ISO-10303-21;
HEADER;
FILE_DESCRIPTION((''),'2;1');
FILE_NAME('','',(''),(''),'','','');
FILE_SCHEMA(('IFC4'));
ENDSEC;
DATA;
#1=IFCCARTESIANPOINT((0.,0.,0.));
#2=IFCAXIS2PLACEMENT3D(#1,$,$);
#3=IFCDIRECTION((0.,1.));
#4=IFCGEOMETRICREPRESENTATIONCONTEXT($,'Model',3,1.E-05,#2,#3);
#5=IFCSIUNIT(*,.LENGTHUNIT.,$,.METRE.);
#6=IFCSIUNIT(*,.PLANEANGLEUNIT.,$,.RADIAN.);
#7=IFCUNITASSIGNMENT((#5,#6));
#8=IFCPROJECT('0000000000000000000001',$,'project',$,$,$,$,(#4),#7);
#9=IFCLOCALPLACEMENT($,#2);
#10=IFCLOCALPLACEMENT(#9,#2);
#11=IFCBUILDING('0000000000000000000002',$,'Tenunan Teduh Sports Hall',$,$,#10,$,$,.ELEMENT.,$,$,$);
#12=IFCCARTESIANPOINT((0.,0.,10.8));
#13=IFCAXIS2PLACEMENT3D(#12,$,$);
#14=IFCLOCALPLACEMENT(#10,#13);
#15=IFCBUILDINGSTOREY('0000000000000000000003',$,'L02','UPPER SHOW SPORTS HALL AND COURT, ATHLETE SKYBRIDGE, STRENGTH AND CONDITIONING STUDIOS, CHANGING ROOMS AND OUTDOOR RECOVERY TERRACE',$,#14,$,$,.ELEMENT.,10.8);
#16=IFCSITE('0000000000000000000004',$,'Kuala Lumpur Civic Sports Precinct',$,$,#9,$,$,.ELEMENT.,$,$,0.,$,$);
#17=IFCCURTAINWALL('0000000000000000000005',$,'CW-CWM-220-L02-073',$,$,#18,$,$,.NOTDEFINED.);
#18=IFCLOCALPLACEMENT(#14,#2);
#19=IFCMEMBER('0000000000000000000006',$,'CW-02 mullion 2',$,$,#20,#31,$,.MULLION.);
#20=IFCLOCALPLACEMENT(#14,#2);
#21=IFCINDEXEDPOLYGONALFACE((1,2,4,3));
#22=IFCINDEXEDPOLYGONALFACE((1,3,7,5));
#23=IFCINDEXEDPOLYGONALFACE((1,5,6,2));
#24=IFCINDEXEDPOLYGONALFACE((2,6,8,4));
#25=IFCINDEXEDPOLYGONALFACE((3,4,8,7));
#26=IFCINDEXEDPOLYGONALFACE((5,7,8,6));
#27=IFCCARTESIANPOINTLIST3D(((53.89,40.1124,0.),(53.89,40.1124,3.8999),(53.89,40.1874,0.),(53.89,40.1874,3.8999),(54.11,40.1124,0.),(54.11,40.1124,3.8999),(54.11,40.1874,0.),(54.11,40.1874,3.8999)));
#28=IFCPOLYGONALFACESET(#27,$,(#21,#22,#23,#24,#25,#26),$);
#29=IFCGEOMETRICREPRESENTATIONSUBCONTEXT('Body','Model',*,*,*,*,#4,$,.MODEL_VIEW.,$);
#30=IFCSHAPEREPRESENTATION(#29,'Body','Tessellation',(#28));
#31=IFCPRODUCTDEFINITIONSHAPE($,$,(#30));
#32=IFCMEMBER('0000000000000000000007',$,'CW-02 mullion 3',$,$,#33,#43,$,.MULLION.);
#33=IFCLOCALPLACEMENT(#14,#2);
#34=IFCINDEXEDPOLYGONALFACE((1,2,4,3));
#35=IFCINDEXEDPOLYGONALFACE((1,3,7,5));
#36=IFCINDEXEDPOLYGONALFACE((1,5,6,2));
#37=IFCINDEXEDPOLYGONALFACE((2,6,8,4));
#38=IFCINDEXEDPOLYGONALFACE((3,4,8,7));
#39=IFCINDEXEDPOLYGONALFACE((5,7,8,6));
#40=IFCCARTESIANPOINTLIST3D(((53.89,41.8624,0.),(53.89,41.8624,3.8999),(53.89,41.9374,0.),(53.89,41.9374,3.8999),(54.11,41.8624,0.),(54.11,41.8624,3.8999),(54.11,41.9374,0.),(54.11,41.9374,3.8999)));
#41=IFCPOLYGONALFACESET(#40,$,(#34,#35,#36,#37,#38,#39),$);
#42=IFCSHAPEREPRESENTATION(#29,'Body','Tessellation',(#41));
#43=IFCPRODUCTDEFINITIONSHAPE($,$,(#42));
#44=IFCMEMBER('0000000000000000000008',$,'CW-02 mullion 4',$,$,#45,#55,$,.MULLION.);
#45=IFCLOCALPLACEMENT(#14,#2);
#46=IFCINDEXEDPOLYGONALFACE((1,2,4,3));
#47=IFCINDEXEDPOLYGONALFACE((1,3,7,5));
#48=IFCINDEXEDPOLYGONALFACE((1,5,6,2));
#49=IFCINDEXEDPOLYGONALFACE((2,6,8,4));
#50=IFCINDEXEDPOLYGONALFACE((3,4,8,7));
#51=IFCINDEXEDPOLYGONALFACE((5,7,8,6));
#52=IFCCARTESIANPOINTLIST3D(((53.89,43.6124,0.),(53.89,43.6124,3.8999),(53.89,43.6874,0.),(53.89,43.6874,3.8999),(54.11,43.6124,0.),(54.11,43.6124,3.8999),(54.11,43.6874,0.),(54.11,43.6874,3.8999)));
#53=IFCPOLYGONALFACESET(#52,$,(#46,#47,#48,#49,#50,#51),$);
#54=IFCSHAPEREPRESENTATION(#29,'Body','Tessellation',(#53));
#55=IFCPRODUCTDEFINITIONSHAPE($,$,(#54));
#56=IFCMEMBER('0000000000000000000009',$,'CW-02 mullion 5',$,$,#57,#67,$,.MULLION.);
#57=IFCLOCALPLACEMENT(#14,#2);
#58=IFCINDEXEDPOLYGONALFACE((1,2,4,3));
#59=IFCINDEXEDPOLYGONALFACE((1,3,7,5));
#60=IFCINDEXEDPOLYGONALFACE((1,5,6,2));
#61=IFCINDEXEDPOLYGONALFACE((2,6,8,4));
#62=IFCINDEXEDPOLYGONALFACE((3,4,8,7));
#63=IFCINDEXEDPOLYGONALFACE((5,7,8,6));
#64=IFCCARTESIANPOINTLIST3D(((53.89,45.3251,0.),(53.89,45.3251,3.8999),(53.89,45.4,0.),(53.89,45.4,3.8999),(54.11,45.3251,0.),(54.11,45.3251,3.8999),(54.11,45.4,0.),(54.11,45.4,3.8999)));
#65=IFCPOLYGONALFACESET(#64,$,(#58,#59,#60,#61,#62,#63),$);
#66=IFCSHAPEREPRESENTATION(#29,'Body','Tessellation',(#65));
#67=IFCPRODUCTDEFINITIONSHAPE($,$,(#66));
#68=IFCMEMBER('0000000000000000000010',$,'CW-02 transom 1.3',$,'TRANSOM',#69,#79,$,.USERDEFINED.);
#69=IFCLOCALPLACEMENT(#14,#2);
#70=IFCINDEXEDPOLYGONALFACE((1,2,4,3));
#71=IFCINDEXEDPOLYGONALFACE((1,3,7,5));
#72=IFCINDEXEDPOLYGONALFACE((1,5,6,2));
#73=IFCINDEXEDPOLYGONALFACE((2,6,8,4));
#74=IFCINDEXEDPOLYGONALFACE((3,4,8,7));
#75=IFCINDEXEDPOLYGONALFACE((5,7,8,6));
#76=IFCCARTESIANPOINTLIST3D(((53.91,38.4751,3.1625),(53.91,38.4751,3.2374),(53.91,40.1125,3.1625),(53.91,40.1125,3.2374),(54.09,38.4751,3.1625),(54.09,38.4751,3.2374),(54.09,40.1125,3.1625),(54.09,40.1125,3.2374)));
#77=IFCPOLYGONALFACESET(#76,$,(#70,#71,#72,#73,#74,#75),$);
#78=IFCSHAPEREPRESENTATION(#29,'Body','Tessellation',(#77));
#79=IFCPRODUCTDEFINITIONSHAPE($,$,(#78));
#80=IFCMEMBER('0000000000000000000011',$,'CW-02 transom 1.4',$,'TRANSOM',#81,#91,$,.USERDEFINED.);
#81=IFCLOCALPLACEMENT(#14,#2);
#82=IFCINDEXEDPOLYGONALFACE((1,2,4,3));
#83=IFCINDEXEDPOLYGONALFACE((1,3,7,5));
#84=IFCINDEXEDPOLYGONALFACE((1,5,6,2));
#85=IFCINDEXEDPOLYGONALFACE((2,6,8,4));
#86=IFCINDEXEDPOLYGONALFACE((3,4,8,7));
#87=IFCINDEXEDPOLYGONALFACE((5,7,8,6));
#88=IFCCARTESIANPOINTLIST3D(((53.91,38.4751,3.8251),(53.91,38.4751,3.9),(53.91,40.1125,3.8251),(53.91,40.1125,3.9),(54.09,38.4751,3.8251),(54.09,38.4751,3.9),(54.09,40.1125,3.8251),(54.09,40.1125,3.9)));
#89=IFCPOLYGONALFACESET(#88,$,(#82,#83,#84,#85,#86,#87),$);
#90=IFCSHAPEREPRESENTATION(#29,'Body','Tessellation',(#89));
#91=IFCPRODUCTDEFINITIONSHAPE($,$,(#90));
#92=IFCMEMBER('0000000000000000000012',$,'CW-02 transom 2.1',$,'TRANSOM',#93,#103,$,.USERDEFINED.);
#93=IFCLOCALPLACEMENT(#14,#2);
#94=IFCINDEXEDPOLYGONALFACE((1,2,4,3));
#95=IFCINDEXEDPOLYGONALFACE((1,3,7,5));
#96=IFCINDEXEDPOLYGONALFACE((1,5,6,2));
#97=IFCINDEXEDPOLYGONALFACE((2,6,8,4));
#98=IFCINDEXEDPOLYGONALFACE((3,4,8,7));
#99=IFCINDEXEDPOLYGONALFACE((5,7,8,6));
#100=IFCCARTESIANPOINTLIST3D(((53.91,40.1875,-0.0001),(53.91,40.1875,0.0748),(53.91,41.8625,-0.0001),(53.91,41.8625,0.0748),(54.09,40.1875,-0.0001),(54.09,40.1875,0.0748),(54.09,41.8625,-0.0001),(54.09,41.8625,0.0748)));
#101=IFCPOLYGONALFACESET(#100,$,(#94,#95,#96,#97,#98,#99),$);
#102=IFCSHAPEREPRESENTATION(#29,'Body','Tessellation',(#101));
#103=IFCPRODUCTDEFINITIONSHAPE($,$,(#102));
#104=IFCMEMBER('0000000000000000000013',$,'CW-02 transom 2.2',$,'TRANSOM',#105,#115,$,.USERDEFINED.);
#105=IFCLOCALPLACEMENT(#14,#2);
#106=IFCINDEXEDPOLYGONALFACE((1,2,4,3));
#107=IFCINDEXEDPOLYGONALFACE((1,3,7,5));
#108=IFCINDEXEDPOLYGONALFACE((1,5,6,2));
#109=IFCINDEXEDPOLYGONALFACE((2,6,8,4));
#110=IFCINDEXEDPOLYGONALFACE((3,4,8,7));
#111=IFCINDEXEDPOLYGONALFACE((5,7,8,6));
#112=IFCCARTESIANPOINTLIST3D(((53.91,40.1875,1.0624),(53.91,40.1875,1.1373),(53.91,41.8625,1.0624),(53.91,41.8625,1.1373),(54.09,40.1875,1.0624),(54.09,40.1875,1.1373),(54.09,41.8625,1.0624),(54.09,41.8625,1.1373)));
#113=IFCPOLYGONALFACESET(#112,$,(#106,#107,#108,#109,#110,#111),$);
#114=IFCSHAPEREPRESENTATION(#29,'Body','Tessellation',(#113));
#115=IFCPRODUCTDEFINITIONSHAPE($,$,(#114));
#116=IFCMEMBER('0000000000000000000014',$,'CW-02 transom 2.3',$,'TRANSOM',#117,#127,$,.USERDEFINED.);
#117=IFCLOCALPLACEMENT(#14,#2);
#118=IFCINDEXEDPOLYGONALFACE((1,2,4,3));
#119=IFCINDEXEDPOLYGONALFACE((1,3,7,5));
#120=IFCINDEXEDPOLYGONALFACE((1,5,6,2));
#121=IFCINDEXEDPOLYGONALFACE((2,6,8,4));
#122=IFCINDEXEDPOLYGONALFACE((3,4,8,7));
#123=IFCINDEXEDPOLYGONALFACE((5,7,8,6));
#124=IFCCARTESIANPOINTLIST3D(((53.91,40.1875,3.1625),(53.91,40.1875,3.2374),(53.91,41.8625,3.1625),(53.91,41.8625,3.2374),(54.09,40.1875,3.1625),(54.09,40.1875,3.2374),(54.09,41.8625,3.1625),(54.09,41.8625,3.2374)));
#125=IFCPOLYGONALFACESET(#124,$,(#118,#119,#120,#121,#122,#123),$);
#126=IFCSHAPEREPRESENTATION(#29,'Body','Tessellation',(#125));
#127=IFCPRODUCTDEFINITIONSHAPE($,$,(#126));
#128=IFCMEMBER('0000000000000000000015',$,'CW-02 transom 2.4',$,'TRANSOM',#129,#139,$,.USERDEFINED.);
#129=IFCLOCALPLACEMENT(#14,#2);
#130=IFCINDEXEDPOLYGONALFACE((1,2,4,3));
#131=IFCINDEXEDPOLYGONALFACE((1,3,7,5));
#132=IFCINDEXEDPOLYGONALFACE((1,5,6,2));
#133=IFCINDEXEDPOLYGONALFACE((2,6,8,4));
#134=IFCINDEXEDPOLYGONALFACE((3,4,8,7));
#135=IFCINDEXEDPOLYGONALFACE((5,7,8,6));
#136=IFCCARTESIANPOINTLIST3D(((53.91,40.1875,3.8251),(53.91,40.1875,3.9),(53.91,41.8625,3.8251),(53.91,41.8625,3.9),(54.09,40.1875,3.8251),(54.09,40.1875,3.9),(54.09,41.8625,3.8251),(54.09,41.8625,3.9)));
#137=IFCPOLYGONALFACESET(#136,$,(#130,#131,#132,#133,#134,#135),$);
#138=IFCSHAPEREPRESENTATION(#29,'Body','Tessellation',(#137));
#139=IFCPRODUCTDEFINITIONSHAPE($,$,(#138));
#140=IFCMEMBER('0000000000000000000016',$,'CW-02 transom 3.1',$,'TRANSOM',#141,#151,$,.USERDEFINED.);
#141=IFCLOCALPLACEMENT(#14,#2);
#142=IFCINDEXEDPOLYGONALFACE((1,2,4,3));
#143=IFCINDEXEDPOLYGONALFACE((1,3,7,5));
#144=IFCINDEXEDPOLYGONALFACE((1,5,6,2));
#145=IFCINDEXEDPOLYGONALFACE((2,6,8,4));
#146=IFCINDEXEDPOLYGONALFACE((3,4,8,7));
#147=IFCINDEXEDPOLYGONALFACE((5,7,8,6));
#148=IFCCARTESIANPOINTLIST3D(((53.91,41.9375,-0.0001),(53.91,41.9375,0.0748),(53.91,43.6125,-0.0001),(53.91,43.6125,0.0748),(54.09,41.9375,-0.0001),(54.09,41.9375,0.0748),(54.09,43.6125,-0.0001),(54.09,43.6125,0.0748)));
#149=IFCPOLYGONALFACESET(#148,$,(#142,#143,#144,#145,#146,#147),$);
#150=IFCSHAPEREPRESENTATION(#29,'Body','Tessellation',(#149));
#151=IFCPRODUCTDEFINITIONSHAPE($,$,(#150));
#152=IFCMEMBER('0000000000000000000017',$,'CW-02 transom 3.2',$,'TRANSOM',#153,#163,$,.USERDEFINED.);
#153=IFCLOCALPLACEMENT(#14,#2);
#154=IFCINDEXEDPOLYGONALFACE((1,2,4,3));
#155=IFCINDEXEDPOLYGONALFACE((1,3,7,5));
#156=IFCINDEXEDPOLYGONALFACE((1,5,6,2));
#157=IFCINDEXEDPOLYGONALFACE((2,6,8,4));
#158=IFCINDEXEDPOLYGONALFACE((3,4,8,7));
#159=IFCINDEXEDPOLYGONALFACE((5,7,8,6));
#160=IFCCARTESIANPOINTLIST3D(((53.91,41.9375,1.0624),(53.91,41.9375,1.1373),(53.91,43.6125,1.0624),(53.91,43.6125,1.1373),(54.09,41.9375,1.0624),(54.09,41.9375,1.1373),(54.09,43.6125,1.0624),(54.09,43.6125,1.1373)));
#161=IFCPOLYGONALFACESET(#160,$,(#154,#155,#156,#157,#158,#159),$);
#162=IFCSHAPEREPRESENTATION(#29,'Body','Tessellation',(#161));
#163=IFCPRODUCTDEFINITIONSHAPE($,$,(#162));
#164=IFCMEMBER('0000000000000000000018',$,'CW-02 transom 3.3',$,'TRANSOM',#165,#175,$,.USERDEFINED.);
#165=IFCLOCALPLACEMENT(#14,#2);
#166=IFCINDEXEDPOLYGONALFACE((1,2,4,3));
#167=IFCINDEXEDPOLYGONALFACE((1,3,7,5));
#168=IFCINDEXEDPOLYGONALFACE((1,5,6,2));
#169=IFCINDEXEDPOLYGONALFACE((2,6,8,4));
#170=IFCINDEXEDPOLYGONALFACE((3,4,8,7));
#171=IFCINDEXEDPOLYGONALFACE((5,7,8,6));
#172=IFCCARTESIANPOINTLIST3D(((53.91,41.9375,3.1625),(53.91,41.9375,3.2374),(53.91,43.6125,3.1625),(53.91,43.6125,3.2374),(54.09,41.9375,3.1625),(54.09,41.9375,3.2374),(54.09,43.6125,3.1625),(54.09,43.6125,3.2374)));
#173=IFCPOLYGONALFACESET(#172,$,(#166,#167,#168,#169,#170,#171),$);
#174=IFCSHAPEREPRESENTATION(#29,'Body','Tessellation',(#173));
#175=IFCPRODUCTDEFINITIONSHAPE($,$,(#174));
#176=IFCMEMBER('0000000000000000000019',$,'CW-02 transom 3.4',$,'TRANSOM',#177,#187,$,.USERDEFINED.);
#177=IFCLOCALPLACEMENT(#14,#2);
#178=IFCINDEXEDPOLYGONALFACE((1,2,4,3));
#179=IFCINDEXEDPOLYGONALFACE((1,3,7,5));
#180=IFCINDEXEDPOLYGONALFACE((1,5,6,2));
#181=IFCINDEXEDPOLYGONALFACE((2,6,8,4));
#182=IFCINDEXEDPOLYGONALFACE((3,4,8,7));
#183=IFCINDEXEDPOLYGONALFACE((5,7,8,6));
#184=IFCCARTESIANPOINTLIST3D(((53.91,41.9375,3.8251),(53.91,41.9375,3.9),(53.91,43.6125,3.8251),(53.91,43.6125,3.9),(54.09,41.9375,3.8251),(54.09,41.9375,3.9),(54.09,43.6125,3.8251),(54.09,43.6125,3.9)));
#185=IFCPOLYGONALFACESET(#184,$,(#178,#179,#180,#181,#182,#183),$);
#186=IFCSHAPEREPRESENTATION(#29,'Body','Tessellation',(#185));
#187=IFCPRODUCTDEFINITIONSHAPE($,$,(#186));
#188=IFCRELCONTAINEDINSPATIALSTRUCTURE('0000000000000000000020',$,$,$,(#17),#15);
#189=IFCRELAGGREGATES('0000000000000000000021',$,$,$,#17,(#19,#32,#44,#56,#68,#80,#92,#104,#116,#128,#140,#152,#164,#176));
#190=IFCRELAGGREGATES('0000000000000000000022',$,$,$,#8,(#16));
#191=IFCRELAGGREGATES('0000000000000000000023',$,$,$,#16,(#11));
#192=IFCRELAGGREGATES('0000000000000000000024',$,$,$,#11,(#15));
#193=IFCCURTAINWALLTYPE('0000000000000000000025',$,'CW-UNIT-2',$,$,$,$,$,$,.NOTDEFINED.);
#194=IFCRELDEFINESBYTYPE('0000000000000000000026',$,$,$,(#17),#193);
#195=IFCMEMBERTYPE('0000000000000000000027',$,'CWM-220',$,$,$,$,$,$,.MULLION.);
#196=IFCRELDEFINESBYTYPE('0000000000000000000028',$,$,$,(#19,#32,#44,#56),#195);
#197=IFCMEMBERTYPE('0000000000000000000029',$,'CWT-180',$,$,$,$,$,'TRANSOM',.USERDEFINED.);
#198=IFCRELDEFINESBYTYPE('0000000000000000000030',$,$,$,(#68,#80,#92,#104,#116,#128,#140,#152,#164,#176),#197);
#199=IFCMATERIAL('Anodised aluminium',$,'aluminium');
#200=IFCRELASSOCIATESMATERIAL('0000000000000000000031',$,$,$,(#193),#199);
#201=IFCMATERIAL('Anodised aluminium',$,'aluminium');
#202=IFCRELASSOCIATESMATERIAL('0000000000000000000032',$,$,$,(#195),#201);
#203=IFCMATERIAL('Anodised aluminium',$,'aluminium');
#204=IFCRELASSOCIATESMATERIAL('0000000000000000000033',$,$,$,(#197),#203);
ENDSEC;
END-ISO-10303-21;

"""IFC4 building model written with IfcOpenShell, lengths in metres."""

from ifc_helpers import new_model, si_unit, direction, frame, origin, origin_2d, place, context, subcontext, project, spatial, rectangle, extrude, material, material_profile, profile_set, type_object, element, aggregate, save


model = new_model("IFC4")

# Units and contexts
model_context = context("Model", 3, precision=1e-05, world=origin(), true_north=direction((0.0, 1.0)))
body_context = subcontext(model_context, "Body", "Model", "MODEL_VIEW")
ifc_project = project(units=[si_unit("LENGTHUNIT", "METRE"), si_unit("PLANEANGLEUNIT", "RADIAN")], contexts=[model_context])

# Site, building, storey
site_placement = place(None, origin())
site = spatial("IfcSite", under=ifc_project, at=site_placement, Name="Kuala Lumpur Civic Sports Precinct", CompositionType="ELEMENT", RefElevation=0.0)
building_placement = place(site_placement, origin())
building = spatial("IfcBuilding", under=site, at=building_placement, Name="Tenunan Teduh Sports Hall", CompositionType="ELEMENT")
storey_placement = place(building_placement, frame((0.0, 0.0, 10.8)))
storey = spatial("IfcBuildingStorey", under=building, at=storey_placement, Name="L02", Description="UPPER SHOW SPORTS HALL AND COURT, ATHLETE SKYBRIDGE, STRENGTH AND CONDITIONING STUDIOS, CHANGING ROOMS AND OUTDOOR RECOVERY TERRACE", CompositionType="ELEMENT", Elevation=10.8)

# Curtain wall, members
ifc_material_1 = material(Name="Anodised aluminium", Category="aluminium")
curtain_wall_type = type_object("IfcCurtainWallType", Name="CW-UNIT-2", PredefinedType="NOTDEFINED", material=ifc_material_1)
curtain_wall_1_placement = place(storey_placement, origin())
curtain_wall_1 = element("IfcCurtainWall", 1, at=curtain_wall_1_placement, inside=storey, type_object=curtain_wall_type, Name="CW-CWM-220-L02-073", PredefinedType="NOTDEFINED")
ifc_material_2 = material(Name="Anodised aluminium", Category="aluminium")
ifc_material_profile_1 = material_profile(ifc_material_2, rectangle(XDim=0.075, YDim=0.22, at=origin_2d()), Name="CWM 75x220")
ifc_profile_set_1 = profile_set([ifc_material_profile_1], Name="Anodised aluminium")
member_type_1 = type_object("IfcMemberType", Name="CWM-220", PredefinedType="MULLION", material=ifc_profile_set_1)
member_1_placement = place(storey_placement, frame((54.0, 40.1499, 0.0), z_axis=(0.0, 0.0, 1.0), x_axis=(0.0, 1.0, 0.0)))
member_1 = element("IfcMember", 2, at=member_1_placement, type_object=member_type_1, Name="CW-02 mullion 2", PredefinedType="MULLION", context=body_context, shape_type="SweptSolid", body=[
    extrude(rectangle(XDim=0.075, YDim=0.22, at=origin_2d()), origin(), (0.0, 0.0, 1.0), 3.8999),
])
member_2_placement = place(storey_placement, frame((54.0, 41.8999, 0.0), z_axis=(0.0, 0.0, 1.0), x_axis=(0.0, 1.0, 0.0)))
member_2 = element("IfcMember", 3, at=member_2_placement, type_object=member_type_1, Name="CW-02 mullion 3", PredefinedType="MULLION", context=body_context, shape_type="SweptSolid", body=[
    extrude(rectangle(XDim=0.075, YDim=0.22, at=origin_2d()), origin(), (0.0, 0.0, 1.0), 3.8999),
])
member_3_placement = place(storey_placement, frame((54.0, 43.6499, 0.0), z_axis=(0.0, 0.0, 1.0), x_axis=(0.0, 1.0, 0.0)))
member_3 = element("IfcMember", 4, at=member_3_placement, type_object=member_type_1, Name="CW-02 mullion 4", PredefinedType="MULLION", context=body_context, shape_type="SweptSolid", body=[
    extrude(rectangle(XDim=0.075, YDim=0.22, at=origin_2d()), origin(), (0.0, 0.0, 1.0), 3.8999),
])
member_4_placement = place(storey_placement, frame((54.0, 45.3625, 0.0), z_axis=(0.0, 0.0, 1.0), x_axis=(0.0, 1.0, 0.0)))
member_4 = element("IfcMember", 5, at=member_4_placement, type_object=member_type_1, Name="CW-02 mullion 5", PredefinedType="MULLION", context=body_context, shape_type="SweptSolid", body=[
    extrude(rectangle(XDim=0.075, YDim=0.22, at=origin_2d()), origin(), (0.0, 0.0, 1.0), 3.8999),
])
ifc_material_3 = material(Name="Anodised aluminium", Category="aluminium")
ifc_material_profile_2 = material_profile(ifc_material_3, rectangle(XDim=0.075, YDim=0.1799, at=origin_2d()), Name="CWT 75x180")
ifc_profile_set_2 = profile_set([ifc_material_profile_2], Name="Anodised aluminium")
member_type_2 = type_object("IfcMemberType", Name="CWT-180", ElementType="TRANSOM", PredefinedType="USERDEFINED", material=ifc_profile_set_2)
member_5_placement = place(storey_placement, frame((54.0, 38.4751, 3.2), z_axis=(0.0, 1.0, 0.0), x_axis=(0.0, 0.0, 1.0)))
member_5 = element("IfcMember", 6, at=member_5_placement, type_object=member_type_2, Name="CW-02 transom 1.3", ObjectType="TRANSOM", PredefinedType="USERDEFINED", context=body_context, shape_type="SweptSolid", body=[
    extrude(rectangle(XDim=0.075, YDim=0.1799, at=origin_2d()), origin(), (0.0, 0.0, 1.0), 1.6375),
])
member_6_placement = place(storey_placement, frame((54.0, 38.4751, 3.8625), z_axis=(0.0, 1.0, 0.0), x_axis=(0.0, 0.0, 1.0)))
member_6 = element("IfcMember", 7, at=member_6_placement, type_object=member_type_2, Name="CW-02 transom 1.4", ObjectType="TRANSOM", PredefinedType="USERDEFINED", context=body_context, shape_type="SweptSolid", body=[
    extrude(rectangle(XDim=0.075, YDim=0.1799, at=origin_2d()), origin(), (0.0, 0.0, 1.0), 1.6375),
])
member_7_placement = place(storey_placement, frame((54.0, 40.1875, 0.0374), z_axis=(0.0, 1.0, 0.0), x_axis=(0.0, 0.0, 1.0)))
member_7 = element("IfcMember", 8, at=member_7_placement, type_object=member_type_2, Name="CW-02 transom 2.1", ObjectType="TRANSOM", PredefinedType="USERDEFINED", context=body_context, shape_type="SweptSolid", body=[
    extrude(rectangle(XDim=0.075, YDim=0.1799, at=origin_2d()), origin(), (0.0, 0.0, 1.0), 1.675),
])
member_8_placement = place(storey_placement, frame((54.0, 40.1875, 1.0999), z_axis=(0.0, 1.0, 0.0), x_axis=(0.0, 0.0, 1.0)))
member_8 = element("IfcMember", 9, at=member_8_placement, type_object=member_type_2, Name="CW-02 transom 2.2", ObjectType="TRANSOM", PredefinedType="USERDEFINED", context=body_context, shape_type="SweptSolid", body=[
    extrude(rectangle(XDim=0.075, YDim=0.1799, at=origin_2d()), origin(), (0.0, 0.0, 1.0), 1.675),
])
member_9_placement = place(storey_placement, frame((54.0, 40.1875, 3.2), z_axis=(0.0, 1.0, 0.0), x_axis=(0.0, 0.0, 1.0)))
member_9 = element("IfcMember", 10, at=member_9_placement, type_object=member_type_2, Name="CW-02 transom 2.3", ObjectType="TRANSOM", PredefinedType="USERDEFINED", context=body_context, shape_type="SweptSolid", body=[
    extrude(rectangle(XDim=0.075, YDim=0.1799, at=origin_2d()), origin(), (0.0, 0.0, 1.0), 1.675),
])
member_10_placement = place(storey_placement, frame((54.0, 40.1875, 3.8625), z_axis=(0.0, 1.0, 0.0), x_axis=(0.0, 0.0, 1.0)))
member_10 = element("IfcMember", 11, at=member_10_placement, type_object=member_type_2, Name="CW-02 transom 2.4", ObjectType="TRANSOM", PredefinedType="USERDEFINED", context=body_context, shape_type="SweptSolid", body=[
    extrude(rectangle(XDim=0.075, YDim=0.1799, at=origin_2d()), origin(), (0.0, 0.0, 1.0), 1.675),
])
member_11_placement = place(storey_placement, frame((54.0, 41.9375, 0.0374), z_axis=(0.0, 1.0, 0.0), x_axis=(0.0, 0.0, 1.0)))
member_11 = element("IfcMember", 12, at=member_11_placement, type_object=member_type_2, Name="CW-02 transom 3.1", ObjectType="TRANSOM", PredefinedType="USERDEFINED", context=body_context, shape_type="SweptSolid", body=[
    extrude(rectangle(XDim=0.075, YDim=0.1799, at=origin_2d()), origin(), (0.0, 0.0, 1.0), 1.675),
])
member_12_placement = place(storey_placement, frame((54.0, 41.9375, 1.0999), z_axis=(0.0, 1.0, 0.0), x_axis=(0.0, 0.0, 1.0)))
member_12 = element("IfcMember", 13, at=member_12_placement, type_object=member_type_2, Name="CW-02 transom 3.2", ObjectType="TRANSOM", PredefinedType="USERDEFINED", context=body_context, shape_type="SweptSolid", body=[
    extrude(rectangle(XDim=0.075, YDim=0.1799, at=origin_2d()), origin(), (0.0, 0.0, 1.0), 1.675),
])
member_13_placement = place(storey_placement, frame((54.0, 41.9375, 3.2), z_axis=(0.0, 1.0, 0.0), x_axis=(0.0, 0.0, 1.0)))
member_13 = element("IfcMember", 14, at=member_13_placement, type_object=member_type_2, Name="CW-02 transom 3.3", ObjectType="TRANSOM", PredefinedType="USERDEFINED", context=body_context, shape_type="SweptSolid", body=[
    extrude(rectangle(XDim=0.075, YDim=0.1799, at=origin_2d()), origin(), (0.0, 0.0, 1.0), 1.675),
])
member_14_placement = place(storey_placement, frame((54.0, 41.9375, 3.8625), z_axis=(0.0, 1.0, 0.0), x_axis=(0.0, 0.0, 1.0)))
member_14 = element("IfcMember", 15, at=member_14_placement, type_object=member_type_2, Name="CW-02 transom 3.4", ObjectType="TRANSOM", PredefinedType="USERDEFINED", context=body_context, shape_type="SweptSolid", body=[
    extrude(rectangle(XDim=0.075, YDim=0.1799, at=origin_2d()), origin(), (0.0, 0.0, 1.0), 1.675),
])

aggregate(curtain_wall_1, [member_1, member_2, member_3, member_4, member_5, member_6, member_7, member_8, member_9, member_10, member_11, member_12, member_13, member_14])

save(model, "model.ifc")
